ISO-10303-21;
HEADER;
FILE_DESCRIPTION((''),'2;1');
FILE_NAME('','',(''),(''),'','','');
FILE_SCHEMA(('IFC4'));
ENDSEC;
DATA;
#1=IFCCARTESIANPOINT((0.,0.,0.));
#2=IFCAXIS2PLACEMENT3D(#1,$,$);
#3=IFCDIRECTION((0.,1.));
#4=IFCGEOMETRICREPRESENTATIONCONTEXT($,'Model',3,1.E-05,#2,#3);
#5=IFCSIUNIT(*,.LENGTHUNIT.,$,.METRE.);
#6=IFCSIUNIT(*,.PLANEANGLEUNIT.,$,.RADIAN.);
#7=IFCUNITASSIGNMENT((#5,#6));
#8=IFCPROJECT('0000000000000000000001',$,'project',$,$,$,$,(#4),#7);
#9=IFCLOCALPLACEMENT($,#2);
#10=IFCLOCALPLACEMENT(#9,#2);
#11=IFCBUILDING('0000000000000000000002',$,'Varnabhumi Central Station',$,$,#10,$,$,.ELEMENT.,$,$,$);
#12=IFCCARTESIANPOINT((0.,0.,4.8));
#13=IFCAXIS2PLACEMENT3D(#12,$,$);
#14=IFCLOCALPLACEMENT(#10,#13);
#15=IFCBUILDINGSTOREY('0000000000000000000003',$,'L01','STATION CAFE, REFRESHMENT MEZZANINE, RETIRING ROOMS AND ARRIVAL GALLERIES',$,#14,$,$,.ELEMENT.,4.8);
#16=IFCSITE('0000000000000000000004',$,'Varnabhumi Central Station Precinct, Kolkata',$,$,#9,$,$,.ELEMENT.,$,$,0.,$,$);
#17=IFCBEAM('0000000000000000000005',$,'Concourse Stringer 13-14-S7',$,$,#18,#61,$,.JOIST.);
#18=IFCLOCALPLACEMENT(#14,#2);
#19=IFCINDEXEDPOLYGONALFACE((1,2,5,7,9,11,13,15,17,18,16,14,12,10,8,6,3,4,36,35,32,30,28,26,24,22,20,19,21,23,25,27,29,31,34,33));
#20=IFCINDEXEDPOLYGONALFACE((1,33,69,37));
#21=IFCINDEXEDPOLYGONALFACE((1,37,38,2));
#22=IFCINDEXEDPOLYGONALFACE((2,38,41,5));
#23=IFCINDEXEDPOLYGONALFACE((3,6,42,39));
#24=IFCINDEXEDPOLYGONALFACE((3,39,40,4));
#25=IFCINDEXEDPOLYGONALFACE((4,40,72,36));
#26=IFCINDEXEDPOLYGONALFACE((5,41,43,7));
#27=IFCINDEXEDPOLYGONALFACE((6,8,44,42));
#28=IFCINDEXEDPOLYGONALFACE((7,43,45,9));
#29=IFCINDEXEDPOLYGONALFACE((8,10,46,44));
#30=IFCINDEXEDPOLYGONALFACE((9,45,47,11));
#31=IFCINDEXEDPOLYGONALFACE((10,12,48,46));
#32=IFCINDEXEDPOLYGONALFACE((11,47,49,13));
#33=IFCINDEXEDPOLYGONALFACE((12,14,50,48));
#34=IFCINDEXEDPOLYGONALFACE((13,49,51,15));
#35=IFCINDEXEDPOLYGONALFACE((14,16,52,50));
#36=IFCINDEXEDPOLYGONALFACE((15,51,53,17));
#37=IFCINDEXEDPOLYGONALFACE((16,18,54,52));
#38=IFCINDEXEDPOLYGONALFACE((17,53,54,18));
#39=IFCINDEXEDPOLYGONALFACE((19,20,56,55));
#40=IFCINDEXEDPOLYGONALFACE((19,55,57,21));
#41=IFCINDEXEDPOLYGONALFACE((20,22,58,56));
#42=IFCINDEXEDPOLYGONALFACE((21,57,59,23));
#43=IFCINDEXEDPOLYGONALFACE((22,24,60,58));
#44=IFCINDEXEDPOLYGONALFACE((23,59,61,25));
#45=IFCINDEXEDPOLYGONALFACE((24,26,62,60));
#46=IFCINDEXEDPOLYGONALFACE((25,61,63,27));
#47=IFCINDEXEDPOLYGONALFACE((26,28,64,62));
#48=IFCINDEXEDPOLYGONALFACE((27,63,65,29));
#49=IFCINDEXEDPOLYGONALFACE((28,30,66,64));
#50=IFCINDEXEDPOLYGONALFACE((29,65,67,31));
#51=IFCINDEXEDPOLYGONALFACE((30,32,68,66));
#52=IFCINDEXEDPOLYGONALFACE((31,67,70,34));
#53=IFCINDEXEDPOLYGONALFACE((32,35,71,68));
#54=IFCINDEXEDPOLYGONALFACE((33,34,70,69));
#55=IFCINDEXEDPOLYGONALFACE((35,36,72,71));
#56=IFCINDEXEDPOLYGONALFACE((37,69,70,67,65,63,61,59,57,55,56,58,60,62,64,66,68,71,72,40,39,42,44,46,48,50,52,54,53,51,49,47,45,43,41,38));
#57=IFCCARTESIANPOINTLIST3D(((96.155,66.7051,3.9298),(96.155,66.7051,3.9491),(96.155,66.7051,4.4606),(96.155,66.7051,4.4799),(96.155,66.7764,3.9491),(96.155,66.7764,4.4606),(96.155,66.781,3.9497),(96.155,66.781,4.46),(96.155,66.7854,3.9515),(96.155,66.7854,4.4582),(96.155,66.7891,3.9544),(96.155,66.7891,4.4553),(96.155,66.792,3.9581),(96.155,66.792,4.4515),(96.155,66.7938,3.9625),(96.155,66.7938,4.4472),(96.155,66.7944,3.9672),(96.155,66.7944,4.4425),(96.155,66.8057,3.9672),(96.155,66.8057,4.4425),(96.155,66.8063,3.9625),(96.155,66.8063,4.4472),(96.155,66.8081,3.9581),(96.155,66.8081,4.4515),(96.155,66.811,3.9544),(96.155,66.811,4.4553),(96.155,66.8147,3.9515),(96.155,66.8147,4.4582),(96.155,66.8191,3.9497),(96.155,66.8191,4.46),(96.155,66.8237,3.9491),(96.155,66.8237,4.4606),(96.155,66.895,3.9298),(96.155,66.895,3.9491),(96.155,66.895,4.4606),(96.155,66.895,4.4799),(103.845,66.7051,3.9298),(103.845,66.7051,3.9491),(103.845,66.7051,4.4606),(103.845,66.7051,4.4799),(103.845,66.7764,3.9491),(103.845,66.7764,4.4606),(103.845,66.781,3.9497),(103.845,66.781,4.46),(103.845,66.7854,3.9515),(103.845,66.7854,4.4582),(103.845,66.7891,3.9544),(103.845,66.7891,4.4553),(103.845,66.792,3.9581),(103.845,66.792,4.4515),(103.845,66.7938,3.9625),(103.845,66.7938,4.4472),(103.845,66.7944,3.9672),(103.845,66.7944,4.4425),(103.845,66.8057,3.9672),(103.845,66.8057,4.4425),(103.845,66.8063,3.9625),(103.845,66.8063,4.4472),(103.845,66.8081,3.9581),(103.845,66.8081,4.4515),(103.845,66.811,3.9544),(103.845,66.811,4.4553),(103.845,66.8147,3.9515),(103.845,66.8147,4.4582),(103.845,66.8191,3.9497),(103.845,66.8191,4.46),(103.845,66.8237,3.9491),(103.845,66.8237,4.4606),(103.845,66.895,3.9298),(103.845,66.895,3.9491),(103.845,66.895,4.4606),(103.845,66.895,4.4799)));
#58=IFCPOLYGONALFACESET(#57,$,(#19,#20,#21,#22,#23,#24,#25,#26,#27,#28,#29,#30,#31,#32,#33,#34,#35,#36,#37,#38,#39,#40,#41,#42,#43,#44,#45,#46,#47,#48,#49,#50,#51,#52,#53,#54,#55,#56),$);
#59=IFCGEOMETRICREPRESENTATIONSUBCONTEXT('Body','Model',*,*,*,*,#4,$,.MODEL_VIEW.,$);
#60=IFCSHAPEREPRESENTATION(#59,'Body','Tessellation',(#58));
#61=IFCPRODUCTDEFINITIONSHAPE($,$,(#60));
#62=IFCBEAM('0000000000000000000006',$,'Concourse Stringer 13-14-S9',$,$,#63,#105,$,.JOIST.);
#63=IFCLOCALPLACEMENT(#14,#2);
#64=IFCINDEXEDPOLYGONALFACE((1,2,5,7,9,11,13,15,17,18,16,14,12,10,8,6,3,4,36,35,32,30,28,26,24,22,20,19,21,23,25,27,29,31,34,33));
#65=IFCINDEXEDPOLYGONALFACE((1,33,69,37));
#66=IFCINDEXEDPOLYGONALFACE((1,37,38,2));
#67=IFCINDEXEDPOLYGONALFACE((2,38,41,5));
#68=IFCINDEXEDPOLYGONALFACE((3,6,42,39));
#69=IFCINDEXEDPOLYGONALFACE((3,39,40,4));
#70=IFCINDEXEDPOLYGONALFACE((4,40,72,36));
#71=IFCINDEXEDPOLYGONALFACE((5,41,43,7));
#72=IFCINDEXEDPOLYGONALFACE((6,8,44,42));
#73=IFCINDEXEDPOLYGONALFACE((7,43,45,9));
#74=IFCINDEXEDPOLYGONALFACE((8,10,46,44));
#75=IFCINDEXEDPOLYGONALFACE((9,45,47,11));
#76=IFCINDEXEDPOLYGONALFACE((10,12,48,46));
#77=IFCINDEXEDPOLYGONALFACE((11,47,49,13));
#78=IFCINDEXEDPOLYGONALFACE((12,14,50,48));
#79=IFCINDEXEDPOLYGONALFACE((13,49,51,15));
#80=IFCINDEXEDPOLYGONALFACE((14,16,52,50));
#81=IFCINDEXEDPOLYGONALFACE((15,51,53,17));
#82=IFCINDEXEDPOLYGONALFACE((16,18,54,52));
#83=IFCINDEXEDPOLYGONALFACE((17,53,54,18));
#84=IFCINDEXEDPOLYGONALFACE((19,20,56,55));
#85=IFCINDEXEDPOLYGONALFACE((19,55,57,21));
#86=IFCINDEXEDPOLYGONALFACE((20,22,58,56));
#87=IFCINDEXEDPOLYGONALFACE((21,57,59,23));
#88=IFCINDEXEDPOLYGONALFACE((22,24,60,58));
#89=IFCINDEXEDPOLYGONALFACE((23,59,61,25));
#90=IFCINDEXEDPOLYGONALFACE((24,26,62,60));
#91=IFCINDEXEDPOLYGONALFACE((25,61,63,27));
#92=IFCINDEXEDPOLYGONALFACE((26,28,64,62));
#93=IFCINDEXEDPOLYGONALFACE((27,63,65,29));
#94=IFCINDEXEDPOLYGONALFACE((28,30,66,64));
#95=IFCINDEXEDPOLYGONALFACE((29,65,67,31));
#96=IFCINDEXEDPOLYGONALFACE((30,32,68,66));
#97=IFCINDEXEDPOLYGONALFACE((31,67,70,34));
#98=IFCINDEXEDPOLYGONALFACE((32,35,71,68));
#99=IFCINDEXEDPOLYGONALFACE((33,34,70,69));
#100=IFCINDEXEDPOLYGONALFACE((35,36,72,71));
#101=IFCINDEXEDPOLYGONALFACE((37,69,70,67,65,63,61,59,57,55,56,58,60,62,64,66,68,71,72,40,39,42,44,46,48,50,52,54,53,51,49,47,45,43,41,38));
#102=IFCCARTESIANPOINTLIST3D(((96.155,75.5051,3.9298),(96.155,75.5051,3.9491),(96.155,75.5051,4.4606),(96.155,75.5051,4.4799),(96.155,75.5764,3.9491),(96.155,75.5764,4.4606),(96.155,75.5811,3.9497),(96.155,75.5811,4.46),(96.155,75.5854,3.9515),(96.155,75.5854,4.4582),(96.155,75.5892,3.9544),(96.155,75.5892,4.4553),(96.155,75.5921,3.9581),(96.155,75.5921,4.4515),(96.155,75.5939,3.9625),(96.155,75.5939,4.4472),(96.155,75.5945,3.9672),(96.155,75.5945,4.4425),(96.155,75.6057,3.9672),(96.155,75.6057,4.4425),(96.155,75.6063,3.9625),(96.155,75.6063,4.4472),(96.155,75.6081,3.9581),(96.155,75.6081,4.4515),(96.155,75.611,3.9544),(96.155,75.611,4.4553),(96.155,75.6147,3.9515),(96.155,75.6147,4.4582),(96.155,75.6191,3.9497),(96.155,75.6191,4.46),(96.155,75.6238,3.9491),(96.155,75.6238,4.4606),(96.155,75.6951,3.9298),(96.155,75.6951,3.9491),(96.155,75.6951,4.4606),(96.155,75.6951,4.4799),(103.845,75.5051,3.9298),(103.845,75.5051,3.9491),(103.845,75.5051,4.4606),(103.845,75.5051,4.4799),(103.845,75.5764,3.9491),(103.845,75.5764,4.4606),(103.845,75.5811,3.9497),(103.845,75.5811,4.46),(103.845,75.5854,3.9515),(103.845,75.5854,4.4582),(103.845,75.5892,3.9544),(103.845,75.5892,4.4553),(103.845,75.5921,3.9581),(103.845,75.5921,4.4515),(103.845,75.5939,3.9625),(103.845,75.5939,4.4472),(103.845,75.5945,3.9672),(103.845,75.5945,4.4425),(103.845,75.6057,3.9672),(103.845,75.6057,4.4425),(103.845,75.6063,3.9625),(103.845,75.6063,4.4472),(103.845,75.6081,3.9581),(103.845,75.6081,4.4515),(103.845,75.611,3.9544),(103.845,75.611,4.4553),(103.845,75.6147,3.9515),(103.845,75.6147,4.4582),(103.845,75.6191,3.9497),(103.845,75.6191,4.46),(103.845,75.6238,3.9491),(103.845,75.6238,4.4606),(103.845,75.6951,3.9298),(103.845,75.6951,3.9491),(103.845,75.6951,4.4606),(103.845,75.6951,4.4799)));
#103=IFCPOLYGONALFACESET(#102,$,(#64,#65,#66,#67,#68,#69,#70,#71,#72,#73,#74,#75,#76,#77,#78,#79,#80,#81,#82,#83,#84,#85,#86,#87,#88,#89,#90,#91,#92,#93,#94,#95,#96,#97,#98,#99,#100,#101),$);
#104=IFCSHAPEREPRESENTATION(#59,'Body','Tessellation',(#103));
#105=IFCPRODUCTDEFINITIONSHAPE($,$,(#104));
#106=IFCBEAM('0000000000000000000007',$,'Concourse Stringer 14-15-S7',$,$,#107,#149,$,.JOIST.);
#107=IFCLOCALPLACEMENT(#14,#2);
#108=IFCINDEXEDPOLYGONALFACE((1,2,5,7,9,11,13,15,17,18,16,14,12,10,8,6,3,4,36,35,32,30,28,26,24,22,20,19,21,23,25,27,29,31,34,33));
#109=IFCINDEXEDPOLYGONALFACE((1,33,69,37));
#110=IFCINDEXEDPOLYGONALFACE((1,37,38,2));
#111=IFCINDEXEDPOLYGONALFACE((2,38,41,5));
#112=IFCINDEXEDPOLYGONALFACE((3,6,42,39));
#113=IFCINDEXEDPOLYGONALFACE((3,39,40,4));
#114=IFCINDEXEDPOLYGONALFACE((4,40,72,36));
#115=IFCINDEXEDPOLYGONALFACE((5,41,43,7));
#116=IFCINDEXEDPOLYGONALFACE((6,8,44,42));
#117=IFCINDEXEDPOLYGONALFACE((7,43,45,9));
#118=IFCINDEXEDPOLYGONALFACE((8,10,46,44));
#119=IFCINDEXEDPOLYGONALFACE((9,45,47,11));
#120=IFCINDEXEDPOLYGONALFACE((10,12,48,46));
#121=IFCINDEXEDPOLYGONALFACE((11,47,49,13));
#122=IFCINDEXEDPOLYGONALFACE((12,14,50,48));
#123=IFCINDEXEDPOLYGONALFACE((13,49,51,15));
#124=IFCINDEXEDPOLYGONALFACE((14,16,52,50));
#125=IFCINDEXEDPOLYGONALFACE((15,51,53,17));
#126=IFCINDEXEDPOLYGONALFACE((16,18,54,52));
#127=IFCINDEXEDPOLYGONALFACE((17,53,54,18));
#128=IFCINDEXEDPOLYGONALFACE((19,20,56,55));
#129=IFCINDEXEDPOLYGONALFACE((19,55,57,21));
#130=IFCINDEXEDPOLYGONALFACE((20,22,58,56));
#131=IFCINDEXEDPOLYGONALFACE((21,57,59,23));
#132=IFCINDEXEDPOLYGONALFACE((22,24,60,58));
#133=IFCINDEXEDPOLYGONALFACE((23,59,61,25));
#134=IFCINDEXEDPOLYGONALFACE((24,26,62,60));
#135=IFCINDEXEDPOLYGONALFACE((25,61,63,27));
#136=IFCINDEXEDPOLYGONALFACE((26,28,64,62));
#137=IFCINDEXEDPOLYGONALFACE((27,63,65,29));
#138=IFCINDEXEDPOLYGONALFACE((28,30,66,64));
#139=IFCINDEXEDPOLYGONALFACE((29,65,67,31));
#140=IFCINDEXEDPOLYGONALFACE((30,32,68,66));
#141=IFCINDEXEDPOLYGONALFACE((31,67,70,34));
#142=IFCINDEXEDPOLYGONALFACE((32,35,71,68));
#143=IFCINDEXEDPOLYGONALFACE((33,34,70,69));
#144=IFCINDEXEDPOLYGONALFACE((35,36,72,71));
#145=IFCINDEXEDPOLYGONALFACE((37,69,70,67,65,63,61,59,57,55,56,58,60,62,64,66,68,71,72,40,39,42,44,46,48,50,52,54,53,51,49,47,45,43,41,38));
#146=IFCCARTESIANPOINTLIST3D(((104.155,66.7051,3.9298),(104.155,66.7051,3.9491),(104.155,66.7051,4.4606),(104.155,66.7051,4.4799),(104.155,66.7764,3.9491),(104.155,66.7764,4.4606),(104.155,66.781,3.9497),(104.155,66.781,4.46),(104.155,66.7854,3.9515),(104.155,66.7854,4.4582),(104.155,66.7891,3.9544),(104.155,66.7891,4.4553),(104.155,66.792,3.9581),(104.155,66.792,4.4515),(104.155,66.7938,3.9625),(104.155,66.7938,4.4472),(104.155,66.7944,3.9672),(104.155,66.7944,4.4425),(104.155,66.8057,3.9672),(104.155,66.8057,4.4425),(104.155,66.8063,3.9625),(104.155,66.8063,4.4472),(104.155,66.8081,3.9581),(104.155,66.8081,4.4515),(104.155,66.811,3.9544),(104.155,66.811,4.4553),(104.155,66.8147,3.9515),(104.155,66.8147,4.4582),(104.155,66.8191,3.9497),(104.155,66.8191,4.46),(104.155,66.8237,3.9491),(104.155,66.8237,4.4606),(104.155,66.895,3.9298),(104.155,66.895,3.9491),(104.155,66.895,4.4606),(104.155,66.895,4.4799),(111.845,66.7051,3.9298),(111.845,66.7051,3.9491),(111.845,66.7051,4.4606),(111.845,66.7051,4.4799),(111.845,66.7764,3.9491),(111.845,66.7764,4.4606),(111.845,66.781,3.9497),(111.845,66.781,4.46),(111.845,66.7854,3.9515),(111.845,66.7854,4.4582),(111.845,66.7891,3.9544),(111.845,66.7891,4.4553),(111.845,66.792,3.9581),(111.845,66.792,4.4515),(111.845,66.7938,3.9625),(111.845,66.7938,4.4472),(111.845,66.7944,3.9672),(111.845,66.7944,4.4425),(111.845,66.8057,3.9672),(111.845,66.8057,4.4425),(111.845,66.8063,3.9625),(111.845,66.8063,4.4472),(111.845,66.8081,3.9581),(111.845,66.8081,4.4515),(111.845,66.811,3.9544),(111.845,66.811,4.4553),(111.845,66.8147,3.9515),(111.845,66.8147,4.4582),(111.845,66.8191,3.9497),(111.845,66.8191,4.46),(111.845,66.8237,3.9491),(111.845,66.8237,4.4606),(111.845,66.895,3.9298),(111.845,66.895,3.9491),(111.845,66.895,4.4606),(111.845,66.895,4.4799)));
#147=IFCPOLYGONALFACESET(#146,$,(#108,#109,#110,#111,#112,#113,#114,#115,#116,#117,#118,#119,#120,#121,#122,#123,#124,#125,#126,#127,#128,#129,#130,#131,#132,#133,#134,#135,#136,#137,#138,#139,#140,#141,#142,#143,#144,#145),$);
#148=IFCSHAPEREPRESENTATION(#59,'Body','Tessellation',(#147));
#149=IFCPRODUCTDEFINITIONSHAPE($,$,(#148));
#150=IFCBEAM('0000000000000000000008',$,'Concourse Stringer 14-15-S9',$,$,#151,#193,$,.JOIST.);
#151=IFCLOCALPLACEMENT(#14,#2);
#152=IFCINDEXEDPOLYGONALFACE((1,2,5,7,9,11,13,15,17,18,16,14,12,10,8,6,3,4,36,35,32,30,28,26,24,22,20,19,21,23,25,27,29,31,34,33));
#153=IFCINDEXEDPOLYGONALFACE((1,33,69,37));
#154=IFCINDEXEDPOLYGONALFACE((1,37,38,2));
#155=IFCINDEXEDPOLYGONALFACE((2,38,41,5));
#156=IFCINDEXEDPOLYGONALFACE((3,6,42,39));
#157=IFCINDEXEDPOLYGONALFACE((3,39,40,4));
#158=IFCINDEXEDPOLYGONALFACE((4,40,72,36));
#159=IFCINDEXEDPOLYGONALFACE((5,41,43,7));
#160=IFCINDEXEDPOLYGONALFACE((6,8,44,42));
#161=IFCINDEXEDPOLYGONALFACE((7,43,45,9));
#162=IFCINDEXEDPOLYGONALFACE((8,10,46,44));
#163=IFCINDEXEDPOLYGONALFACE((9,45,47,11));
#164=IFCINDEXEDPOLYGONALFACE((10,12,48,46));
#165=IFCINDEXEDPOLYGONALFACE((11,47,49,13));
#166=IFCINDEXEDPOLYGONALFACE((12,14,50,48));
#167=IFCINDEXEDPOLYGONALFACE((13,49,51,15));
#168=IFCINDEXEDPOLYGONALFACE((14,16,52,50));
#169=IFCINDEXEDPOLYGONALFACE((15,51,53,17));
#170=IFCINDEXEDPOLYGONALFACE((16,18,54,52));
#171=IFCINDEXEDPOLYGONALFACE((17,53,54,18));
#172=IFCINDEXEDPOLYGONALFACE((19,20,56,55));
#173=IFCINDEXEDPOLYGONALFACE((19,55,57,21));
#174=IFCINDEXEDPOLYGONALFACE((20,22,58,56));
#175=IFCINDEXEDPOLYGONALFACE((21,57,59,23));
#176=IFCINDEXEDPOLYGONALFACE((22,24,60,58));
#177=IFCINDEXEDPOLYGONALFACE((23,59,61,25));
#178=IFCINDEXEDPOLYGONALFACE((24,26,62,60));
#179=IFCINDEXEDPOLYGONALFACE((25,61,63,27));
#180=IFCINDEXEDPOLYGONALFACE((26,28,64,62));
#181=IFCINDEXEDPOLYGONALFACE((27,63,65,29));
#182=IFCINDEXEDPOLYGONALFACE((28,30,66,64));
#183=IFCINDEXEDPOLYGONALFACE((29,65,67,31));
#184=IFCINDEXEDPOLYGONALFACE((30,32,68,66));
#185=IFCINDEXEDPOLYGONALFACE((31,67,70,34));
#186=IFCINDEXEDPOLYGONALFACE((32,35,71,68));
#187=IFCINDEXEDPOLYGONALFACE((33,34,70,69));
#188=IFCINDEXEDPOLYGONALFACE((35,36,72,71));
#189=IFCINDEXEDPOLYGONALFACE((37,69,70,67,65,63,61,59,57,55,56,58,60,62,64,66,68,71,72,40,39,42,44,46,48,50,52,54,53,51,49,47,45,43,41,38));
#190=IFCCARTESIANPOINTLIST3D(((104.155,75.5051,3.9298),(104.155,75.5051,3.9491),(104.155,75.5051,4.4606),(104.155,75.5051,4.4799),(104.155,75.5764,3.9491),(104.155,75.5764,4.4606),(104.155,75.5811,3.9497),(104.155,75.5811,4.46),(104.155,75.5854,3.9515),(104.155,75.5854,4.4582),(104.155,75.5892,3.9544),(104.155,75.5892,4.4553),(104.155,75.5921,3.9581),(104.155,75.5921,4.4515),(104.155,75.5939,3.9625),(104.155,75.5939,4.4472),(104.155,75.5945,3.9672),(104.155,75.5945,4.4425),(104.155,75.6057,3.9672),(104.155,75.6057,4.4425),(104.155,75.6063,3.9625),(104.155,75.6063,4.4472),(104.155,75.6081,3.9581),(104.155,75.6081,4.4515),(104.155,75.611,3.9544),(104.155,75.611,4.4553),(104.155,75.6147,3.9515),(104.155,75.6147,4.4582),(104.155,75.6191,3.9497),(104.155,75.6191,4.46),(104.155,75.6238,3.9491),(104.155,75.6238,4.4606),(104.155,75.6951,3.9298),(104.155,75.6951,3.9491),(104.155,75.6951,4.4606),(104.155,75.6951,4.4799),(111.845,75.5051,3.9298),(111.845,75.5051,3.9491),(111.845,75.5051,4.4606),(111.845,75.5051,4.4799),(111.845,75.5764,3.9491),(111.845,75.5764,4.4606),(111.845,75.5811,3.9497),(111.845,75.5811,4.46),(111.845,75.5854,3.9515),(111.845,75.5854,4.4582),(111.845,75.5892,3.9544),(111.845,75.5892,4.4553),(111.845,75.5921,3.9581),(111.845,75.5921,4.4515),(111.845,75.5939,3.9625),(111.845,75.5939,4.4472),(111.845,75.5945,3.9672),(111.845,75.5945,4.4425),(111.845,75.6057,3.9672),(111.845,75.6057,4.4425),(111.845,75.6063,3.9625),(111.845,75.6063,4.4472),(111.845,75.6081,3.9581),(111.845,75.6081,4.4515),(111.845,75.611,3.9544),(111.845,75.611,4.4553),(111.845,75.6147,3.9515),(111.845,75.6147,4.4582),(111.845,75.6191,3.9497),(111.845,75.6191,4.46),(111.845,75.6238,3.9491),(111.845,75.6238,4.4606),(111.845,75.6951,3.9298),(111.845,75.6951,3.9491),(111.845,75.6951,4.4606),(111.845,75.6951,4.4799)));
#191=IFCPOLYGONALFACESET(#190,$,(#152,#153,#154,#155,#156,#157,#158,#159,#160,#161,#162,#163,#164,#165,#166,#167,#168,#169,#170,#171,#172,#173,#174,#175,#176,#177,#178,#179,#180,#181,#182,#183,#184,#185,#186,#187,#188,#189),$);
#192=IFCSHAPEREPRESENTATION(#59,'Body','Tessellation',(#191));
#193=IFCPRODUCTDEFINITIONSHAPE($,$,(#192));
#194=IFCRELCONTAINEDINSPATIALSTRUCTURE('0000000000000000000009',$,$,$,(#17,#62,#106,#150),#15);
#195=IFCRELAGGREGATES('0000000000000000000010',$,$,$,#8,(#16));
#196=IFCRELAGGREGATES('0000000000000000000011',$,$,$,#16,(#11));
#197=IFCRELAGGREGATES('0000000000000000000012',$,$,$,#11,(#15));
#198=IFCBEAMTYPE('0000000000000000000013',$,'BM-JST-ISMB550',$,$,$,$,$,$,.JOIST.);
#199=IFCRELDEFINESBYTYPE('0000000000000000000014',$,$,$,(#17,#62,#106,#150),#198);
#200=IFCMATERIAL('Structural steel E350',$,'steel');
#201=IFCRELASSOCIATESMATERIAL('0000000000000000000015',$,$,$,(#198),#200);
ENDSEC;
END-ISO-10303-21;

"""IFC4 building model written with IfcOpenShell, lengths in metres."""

from ifc_helpers import new_model, si_unit, direction, frame, origin, origin_2d, place, context, subcontext, project, spatial, i_section, extrude, material, material_profile, profile_set, type_object, element, save


model = new_model("IFC4")

# Units and contexts
model_context = context("Model", 3, precision=1e-05, world=origin(), true_north=direction((0.0, 1.0)))
body_context = subcontext(model_context, "Body", "Model", "MODEL_VIEW")
ifc_project = project(units=[si_unit("LENGTHUNIT", "METRE"), si_unit("PLANEANGLEUNIT", "RADIAN")], contexts=[model_context])

# Site, building, storey
site_placement = place(None, origin())
site = spatial("IfcSite", under=ifc_project, at=site_placement, Name="Varnabhumi Central Station Precinct, Kolkata", CompositionType="ELEMENT", RefElevation=0.0)
building_placement = place(site_placement, origin())
building = spatial("IfcBuilding", under=site, at=building_placement, Name="Varnabhumi Central Station", CompositionType="ELEMENT")
storey_placement = place(building_placement, frame((0.0, 0.0, 4.8)))
storey = spatial("IfcBuildingStorey", under=building, at=storey_placement, Name="L01", Description="STATION CAFE, REFRESHMENT MEZZANINE, RETIRING ROOMS AND ARRIVAL GALLERIES", CompositionType="ELEMENT", Elevation=4.8)

# Beams
ifc_material_1 = material(Name="Structural steel E350", Category="steel")
ifc_material_profile_1 = material_profile(ifc_material_1, i_section(OverallWidth=0.1899, OverallDepth=0.55, WebThickness=0.0112, FlangeThickness=0.0193, FilletRadius=0.0181, at=origin_2d()), Name="Structural steel E350", Category="steel")
ifc_profile_set_1 = profile_set([ifc_material_profile_1], Name="Structural steel E350")
beam_type_1 = type_object("IfcBeamType", Name="BM-JST-ISMB550", PredefinedType="JOIST", material=ifc_profile_set_1)
for number, where, z_axis, x_axis, name in (
    (1, (96.155, 66.8, 4.2048), (1.0, 0.0, 0.0), (0.0, 1.0, 0.0), "Concourse Stringer 13-14-S7"),
    (2, (96.155, 75.6001, 4.2048), (1.0, 0.0, 0.0), (0.0, 1.0, 0.0), "Concourse Stringer 13-14-S9"),
    (3, (104.155, 66.8, 4.2048), (1.0, 0.0, 0.0), (0.0, 1.0, 0.0), "Concourse Stringer 14-15-S7"),
    (4, (104.155, 75.6001, 4.2048), (1.0, 0.0, 0.0), (0.0, 1.0, 0.0), "Concourse Stringer 14-15-S9"),
):
    element("IfcBeam", number, at=place(storey_placement, frame(where, z_axis=z_axis, x_axis=x_axis)), inside=storey, type_object=beam_type_1, Name=name, PredefinedType="JOIST", context=body_context, shape_type="SweptSolid", body=[
        extrude(i_section(OverallWidth=0.1899, OverallDepth=0.55, WebThickness=0.0112, FlangeThickness=0.0193, FilletRadius=0.0181, at=origin_2d()), origin(), (0.0, 0.0, 1.0), 7.6899),
    ])

save(model, "model.ifc")
